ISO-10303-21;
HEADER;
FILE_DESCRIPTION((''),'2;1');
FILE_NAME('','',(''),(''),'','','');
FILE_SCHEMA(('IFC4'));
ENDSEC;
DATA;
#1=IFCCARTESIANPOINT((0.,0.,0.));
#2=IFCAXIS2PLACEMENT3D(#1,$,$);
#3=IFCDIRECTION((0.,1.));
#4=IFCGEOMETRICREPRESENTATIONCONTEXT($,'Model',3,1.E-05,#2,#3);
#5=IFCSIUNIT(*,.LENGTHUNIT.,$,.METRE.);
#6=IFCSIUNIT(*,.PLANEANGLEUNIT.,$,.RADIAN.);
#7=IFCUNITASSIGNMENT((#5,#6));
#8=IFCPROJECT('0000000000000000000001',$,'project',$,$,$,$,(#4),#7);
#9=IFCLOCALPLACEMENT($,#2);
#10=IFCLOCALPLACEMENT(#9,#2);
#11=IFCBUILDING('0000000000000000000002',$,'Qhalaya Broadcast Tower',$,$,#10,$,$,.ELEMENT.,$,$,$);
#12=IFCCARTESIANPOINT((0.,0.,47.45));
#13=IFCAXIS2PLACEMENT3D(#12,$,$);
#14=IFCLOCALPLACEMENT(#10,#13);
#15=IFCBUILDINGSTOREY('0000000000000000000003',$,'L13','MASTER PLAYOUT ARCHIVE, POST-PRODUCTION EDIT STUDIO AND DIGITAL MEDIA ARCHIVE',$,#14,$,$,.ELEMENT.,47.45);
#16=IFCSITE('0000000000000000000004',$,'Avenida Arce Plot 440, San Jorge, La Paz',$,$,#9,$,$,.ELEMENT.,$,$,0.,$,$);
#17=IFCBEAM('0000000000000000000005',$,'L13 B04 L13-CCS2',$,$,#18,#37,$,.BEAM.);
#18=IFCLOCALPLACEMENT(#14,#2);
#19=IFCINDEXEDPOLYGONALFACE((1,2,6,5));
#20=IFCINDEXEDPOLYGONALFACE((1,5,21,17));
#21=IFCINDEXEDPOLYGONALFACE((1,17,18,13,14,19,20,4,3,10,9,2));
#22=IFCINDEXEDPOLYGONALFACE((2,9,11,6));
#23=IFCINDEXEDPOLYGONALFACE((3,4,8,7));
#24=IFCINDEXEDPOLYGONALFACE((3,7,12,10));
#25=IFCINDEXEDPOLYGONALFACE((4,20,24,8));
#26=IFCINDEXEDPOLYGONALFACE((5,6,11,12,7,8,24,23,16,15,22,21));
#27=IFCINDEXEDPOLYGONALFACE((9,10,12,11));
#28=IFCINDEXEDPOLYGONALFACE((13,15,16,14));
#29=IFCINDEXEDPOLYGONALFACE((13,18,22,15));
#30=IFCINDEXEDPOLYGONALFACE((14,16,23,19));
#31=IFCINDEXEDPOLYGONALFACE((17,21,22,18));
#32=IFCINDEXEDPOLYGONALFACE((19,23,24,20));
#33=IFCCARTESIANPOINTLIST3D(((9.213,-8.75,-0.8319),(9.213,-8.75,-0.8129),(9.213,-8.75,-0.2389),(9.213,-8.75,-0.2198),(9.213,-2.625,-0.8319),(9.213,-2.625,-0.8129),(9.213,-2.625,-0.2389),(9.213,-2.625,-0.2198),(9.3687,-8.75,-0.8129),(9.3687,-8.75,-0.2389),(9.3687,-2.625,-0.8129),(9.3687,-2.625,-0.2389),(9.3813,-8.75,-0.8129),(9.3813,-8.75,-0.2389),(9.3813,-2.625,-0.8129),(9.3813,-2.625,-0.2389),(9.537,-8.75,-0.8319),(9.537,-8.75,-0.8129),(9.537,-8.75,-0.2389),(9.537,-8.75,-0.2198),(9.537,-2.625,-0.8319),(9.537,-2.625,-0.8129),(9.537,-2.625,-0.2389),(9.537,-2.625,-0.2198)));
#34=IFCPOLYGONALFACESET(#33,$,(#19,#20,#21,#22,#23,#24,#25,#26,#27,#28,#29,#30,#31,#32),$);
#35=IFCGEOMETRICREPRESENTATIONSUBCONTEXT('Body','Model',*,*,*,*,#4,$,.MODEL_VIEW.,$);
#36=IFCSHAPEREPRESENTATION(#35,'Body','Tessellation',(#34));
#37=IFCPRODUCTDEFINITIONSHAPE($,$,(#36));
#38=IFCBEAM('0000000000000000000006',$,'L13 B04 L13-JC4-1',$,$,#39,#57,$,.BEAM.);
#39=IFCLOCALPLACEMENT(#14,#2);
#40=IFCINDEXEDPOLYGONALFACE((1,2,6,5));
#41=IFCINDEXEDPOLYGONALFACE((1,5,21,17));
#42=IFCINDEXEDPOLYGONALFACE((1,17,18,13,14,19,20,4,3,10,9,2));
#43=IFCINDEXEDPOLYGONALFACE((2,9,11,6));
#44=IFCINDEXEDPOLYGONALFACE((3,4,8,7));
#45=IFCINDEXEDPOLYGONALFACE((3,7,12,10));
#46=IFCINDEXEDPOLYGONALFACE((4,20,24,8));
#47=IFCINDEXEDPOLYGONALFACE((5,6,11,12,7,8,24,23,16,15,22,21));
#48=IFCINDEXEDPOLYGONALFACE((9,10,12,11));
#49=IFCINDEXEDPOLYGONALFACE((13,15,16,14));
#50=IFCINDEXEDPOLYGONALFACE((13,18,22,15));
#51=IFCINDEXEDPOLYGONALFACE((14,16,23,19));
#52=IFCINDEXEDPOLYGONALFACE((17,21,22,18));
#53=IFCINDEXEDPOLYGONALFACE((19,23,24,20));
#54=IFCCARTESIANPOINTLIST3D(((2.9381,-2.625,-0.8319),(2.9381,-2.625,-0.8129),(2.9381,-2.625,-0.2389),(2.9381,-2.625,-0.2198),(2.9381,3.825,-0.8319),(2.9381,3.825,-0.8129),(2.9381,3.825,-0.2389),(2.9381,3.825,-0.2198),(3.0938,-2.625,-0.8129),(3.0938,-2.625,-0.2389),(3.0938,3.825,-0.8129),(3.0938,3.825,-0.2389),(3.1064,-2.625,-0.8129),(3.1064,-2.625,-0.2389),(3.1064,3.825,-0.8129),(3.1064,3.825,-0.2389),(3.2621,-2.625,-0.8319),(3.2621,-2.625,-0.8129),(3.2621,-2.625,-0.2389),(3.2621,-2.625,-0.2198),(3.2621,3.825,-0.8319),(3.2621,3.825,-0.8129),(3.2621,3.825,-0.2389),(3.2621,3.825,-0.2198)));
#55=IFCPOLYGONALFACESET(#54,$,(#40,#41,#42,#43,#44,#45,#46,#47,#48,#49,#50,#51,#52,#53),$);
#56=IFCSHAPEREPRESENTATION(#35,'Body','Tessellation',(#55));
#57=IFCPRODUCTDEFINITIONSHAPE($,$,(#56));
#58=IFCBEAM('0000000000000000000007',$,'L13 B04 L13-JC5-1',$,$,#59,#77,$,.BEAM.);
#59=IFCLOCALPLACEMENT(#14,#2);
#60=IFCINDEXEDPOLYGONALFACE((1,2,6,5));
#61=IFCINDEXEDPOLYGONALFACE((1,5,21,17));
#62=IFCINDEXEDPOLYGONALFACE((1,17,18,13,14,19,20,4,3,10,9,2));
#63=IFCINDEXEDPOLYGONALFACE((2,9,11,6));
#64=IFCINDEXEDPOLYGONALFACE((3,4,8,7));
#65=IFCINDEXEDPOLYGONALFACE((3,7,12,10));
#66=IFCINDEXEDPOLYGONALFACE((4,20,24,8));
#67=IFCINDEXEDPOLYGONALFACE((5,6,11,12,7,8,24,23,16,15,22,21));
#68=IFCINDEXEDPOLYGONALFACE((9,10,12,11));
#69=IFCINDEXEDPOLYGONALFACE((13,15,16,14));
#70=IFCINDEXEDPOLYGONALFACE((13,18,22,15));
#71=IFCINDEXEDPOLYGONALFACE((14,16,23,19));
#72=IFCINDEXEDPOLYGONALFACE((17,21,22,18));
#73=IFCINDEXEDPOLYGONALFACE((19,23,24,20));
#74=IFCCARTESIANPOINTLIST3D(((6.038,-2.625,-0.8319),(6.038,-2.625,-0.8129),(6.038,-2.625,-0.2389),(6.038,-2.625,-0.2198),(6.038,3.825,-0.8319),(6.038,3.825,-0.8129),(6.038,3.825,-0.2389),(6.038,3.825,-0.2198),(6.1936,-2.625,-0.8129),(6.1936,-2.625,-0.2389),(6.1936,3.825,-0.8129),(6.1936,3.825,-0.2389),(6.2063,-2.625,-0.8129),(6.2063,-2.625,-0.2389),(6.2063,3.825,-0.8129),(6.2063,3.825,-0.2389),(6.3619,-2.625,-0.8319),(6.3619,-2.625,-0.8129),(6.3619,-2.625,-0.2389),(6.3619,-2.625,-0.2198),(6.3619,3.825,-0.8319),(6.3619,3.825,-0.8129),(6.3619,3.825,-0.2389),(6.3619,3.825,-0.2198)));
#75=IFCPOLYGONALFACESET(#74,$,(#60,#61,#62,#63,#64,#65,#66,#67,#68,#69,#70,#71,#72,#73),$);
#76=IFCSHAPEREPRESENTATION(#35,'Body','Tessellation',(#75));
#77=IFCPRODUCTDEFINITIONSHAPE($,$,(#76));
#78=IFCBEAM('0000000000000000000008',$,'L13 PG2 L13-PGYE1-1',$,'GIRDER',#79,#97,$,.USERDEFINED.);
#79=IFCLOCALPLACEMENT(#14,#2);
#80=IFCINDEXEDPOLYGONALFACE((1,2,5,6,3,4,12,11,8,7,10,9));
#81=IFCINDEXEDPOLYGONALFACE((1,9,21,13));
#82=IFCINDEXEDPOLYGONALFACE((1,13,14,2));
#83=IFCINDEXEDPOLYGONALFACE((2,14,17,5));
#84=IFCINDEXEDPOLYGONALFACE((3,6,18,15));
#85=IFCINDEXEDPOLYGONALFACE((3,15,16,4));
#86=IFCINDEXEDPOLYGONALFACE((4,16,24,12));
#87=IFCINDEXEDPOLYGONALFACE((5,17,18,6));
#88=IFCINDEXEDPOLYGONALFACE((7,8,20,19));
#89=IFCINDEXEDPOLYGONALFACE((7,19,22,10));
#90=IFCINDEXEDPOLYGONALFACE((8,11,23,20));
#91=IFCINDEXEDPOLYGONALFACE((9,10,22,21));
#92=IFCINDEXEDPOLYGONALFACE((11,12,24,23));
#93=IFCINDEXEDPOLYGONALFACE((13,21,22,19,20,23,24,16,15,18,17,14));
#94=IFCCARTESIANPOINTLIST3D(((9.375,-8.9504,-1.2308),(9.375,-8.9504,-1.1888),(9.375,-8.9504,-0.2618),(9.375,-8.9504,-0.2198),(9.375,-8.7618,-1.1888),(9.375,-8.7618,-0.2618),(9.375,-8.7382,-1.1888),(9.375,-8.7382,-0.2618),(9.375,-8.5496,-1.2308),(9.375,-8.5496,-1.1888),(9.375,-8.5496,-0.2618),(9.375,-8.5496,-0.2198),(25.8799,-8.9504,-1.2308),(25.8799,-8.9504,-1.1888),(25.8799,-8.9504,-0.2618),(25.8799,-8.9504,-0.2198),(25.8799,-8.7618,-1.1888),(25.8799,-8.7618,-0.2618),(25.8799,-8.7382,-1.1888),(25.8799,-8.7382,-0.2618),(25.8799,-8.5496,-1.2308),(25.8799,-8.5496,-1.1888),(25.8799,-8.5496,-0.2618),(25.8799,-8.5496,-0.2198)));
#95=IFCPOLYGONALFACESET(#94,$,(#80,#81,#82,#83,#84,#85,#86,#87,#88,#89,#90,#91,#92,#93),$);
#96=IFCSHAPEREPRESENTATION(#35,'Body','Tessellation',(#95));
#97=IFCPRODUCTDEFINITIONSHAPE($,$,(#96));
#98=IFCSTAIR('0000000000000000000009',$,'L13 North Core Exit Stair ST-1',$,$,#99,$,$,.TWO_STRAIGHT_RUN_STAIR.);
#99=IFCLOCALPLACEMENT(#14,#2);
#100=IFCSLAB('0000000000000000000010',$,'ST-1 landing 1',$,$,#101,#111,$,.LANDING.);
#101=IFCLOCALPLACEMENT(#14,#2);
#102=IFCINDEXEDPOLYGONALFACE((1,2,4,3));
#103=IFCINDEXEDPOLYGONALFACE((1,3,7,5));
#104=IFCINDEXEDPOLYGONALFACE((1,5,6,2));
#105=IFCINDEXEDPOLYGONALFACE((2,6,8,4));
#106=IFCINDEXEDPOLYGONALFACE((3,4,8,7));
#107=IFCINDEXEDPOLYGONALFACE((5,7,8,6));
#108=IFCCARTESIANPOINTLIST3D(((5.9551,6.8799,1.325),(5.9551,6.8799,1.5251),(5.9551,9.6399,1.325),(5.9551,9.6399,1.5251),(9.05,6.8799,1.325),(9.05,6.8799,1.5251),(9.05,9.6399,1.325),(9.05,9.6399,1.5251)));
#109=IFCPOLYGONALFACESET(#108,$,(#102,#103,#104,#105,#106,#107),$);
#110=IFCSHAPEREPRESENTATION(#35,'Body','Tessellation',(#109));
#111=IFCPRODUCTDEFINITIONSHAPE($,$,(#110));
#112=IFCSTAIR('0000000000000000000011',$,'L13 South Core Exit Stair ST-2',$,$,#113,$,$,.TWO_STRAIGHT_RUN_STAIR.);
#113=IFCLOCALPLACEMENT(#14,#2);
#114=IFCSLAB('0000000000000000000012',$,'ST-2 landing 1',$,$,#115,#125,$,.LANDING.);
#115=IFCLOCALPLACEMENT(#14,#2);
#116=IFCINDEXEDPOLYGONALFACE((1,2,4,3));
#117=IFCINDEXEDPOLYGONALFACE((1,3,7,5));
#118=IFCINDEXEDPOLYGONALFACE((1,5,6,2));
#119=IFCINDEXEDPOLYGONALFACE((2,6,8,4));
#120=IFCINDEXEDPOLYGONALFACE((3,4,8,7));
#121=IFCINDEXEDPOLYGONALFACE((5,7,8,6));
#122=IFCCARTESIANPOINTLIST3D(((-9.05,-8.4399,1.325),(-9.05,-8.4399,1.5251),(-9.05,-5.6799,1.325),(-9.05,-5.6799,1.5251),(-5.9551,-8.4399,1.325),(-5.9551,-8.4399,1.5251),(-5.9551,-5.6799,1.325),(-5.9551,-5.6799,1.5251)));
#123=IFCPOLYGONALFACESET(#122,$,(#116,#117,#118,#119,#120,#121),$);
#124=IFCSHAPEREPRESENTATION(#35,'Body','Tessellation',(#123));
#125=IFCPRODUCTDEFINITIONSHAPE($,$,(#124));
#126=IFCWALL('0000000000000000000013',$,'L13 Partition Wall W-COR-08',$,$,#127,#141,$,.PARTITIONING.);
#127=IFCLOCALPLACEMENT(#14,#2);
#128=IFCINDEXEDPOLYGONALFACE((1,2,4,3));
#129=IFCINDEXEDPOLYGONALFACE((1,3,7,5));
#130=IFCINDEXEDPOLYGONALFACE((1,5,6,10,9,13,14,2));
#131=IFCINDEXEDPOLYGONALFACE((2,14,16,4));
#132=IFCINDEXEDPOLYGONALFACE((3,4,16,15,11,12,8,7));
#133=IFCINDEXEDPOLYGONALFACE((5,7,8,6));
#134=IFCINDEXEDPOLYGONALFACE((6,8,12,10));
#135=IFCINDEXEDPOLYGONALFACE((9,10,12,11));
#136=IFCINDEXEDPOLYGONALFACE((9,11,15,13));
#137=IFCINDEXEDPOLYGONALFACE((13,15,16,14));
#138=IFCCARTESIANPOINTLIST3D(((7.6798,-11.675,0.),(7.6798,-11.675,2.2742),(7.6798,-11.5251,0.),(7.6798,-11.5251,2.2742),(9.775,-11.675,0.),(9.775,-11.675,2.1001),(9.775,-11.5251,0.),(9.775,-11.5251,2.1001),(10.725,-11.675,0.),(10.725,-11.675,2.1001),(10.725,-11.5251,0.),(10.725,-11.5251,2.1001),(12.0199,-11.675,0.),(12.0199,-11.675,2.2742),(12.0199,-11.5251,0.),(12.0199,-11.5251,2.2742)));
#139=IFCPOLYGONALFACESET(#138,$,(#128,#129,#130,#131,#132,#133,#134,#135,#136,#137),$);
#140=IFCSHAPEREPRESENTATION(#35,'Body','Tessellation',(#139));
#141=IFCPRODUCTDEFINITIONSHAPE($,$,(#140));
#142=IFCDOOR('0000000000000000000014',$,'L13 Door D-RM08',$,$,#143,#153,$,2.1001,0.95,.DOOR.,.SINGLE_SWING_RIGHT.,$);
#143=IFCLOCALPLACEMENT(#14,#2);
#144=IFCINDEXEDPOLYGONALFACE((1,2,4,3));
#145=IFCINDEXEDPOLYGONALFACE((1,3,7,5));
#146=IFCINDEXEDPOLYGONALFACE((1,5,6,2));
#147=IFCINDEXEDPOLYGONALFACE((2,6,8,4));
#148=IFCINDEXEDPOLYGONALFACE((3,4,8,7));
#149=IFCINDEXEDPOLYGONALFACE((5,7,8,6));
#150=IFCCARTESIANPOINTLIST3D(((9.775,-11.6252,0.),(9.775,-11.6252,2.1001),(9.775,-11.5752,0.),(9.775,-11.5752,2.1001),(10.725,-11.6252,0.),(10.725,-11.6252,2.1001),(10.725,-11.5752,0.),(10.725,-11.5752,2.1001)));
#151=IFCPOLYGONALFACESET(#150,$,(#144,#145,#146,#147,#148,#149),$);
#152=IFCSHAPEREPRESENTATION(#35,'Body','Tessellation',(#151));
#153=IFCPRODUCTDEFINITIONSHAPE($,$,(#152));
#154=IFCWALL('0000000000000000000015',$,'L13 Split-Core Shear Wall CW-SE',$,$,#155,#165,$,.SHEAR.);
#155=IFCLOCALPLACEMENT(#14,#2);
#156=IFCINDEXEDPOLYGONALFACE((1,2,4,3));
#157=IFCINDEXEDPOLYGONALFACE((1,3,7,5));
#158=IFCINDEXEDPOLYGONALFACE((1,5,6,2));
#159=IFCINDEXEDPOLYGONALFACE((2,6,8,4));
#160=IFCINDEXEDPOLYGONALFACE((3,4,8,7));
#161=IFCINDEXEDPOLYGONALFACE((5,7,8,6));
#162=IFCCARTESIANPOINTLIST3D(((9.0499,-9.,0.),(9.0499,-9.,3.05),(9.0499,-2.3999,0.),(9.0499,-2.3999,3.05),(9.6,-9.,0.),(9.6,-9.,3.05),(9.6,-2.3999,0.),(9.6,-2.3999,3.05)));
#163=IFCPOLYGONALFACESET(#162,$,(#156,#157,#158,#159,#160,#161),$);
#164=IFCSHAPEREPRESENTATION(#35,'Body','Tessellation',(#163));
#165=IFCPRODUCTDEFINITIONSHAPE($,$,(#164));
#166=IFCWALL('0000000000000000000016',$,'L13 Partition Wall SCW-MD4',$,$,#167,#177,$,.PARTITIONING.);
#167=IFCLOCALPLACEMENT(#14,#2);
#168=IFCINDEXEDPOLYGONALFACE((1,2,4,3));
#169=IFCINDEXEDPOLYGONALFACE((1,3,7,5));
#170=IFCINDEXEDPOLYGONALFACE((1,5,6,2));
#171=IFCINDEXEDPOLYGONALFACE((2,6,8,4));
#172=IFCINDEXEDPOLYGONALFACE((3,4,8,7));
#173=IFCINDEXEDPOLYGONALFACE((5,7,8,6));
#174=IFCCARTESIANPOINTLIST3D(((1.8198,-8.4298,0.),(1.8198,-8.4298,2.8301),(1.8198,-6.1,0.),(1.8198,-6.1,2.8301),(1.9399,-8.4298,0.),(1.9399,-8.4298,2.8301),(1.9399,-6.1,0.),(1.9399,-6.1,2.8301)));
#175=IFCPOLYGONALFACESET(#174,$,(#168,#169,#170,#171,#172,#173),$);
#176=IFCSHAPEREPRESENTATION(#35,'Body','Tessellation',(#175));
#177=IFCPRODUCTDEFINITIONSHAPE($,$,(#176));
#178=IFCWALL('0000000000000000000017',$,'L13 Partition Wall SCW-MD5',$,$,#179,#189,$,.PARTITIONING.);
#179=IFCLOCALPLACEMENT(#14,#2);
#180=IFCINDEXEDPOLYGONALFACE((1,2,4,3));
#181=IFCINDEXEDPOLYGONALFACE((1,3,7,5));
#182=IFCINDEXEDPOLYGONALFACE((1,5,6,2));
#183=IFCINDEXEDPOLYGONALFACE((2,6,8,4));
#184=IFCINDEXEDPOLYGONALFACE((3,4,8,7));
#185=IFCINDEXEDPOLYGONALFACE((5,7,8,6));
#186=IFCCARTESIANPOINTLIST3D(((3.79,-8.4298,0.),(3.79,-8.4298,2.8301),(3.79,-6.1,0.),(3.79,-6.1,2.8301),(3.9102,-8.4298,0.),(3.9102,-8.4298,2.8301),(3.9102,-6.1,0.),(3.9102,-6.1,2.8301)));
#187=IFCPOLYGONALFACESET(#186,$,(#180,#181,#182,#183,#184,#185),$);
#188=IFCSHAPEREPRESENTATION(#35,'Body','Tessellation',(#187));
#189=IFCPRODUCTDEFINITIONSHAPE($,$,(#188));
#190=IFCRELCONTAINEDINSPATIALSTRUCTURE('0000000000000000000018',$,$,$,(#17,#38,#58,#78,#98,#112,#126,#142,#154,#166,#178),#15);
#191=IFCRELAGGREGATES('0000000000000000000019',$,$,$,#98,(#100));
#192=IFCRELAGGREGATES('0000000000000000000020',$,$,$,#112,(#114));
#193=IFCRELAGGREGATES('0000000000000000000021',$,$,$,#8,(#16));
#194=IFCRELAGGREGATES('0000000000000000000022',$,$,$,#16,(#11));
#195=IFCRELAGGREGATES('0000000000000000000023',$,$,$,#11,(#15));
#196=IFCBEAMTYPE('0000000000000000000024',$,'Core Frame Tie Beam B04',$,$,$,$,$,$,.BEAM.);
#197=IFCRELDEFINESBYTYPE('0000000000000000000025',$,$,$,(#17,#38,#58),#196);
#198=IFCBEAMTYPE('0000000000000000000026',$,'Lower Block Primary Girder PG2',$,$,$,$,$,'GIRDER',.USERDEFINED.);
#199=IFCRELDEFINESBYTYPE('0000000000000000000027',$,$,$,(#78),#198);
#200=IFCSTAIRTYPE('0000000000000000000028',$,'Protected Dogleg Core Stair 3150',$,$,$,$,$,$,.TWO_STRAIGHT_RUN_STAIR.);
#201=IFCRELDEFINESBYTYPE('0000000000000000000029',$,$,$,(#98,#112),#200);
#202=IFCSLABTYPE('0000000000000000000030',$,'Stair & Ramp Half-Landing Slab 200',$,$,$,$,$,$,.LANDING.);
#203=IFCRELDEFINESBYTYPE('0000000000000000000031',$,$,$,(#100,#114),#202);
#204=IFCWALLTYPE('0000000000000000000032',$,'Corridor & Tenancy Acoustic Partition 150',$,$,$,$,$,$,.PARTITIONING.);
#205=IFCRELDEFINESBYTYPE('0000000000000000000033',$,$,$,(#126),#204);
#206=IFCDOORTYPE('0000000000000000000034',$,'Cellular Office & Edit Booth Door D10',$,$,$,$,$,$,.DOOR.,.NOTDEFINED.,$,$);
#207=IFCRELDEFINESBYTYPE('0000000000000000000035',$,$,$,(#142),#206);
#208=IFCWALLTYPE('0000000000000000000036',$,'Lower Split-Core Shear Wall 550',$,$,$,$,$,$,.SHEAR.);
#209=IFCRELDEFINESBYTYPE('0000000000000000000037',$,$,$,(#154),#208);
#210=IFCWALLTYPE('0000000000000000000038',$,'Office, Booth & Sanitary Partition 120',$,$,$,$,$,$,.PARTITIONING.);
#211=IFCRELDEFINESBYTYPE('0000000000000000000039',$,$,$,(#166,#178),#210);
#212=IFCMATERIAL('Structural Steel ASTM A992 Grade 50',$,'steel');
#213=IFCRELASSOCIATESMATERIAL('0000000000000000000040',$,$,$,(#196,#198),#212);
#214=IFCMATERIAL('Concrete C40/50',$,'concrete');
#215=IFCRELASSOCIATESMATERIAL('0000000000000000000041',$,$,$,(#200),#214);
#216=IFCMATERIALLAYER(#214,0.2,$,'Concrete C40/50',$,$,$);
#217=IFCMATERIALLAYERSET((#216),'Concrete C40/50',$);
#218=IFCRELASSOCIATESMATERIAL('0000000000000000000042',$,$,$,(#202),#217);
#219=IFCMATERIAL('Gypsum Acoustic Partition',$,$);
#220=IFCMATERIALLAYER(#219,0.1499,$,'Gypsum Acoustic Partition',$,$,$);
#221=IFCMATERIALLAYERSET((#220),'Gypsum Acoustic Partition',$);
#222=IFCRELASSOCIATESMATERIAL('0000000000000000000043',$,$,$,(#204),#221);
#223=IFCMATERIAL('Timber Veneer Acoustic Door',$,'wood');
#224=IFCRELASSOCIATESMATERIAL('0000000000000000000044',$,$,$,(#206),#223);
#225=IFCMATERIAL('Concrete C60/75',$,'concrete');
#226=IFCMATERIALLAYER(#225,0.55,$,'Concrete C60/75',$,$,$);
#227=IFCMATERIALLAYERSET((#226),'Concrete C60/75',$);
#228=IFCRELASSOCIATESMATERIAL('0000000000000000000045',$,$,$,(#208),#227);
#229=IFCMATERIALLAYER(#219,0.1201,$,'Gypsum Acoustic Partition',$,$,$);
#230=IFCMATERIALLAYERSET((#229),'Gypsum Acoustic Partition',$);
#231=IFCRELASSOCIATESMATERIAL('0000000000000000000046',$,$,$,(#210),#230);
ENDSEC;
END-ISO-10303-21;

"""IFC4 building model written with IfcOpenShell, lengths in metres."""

from ifc_helpers import new_model, si_unit, direction, frame, frame_2d, origin, origin_2d, place, context, subcontext, project, spatial, polyline, rectangle, i_section, outline, extrude, material, layer, layer_set, material_profile, profile_set, type_object, element, fill, aggregate, save


model = new_model("IFC4")

# Units and contexts
model_context = context("Model", 3, precision=1e-05, world=origin(), true_north=direction((0.0, 1.0)))
body_context = subcontext(model_context, "Body", "Model", "MODEL_VIEW")
ifc_project = project(units=[si_unit("LENGTHUNIT", "METRE"), si_unit("PLANEANGLEUNIT", "RADIAN")], contexts=[model_context])

# Site, building, storey
site_placement = place(None, origin())
site = spatial("IfcSite", under=ifc_project, at=site_placement, Name="Avenida Arce Plot 440, San Jorge, La Paz", CompositionType="ELEMENT", RefElevation=0.0)
building_placement = place(site_placement, origin())
building = spatial("IfcBuilding", under=site, at=building_placement, Name="Qhalaya Broadcast Tower", CompositionType="ELEMENT")
storey_placement = place(building_placement, frame((0.0, 0.0, 47.45)))
storey = spatial("IfcBuildingStorey", under=building, at=storey_placement, Name="L13", Description="MASTER PLAYOUT ARCHIVE, POST-PRODUCTION EDIT STUDIO AND DIGITAL MEDIA ARCHIVE", CompositionType="ELEMENT", Elevation=47.45)

# Beams
ifc_material_1 = material(Name="Structural Steel ASTM A992 Grade 50", Category="steel")
ifc_material_profile_1 = material_profile(ifc_material_1, i_section(OverallWidth=0.324, OverallDepth=0.6121, WebThickness=0.0127, FlangeThickness=0.019, at=origin_2d()), Name="W24X104")
ifc_profile_set_1 = profile_set([ifc_material_profile_1], Name="Structural Steel ASTM A992 Grade 50")
beam_type_1 = type_object("IfcBeamType", Name="Core Frame Tie Beam B04", PredefinedType="BEAM", material=ifc_profile_set_1)
beam_1_placement = place(storey_placement, frame((9.375, -8.75, -0.5259), z_axis=(0.0, 1.0, 0.0), x_axis=(-1.0, 0.0, 0.0)))
element("IfcBeam", 1, at=beam_1_placement, inside=storey, type_object=beam_type_1, Name="L13 B04 L13-CCS2", PredefinedType="BEAM", context=body_context, shape_type="SweptSolid", body=[
    extrude(i_section(OverallWidth=0.324, OverallDepth=0.6121, WebThickness=0.0127, FlangeThickness=0.019, at=origin_2d()), origin(), (0.0, 0.0, 1.0), 6.125),
])
for number, where, z_axis, x_axis, name in (
    (2, (3.1001, -2.625, -0.5259), (0.0, 1.0, 0.0), (-1.0, 0.0, 0.0), "L13 B04 L13-JC4-1"),
    (3, (6.2, -2.625, -0.5259), (0.0, 1.0, 0.0), (-1.0, 0.0, 0.0), "L13 B04 L13-JC5-1"),
):
    element("IfcBeam", number, at=place(storey_placement, frame(where, z_axis=z_axis, x_axis=x_axis)), inside=storey, type_object=beam_type_1, Name=name, PredefinedType="BEAM", context=body_context, shape_type="SweptSolid", body=[
        extrude(i_section(OverallWidth=0.324, OverallDepth=0.6121, WebThickness=0.0127, FlangeThickness=0.019, at=origin_2d()), origin(), (0.0, 0.0, 1.0), 6.45),
    ])
ifc_material_profile_2 = material_profile(ifc_material_1, i_section(OverallWidth=0.4009, OverallDepth=1.011, WebThickness=0.0237, FlangeThickness=0.042, at=origin_2d()), Name="W40X297")
ifc_profile_set_2 = profile_set([ifc_material_profile_2], Name="Structural Steel ASTM A992 Grade 50")
beam_type_2 = type_object("IfcBeamType", Name="Lower Block Primary Girder PG2", ElementType="GIRDER", PredefinedType="USERDEFINED", material=ifc_profile_set_2)
beam_2_placement = place(storey_placement, frame((9.375, -8.75, -0.7253), z_axis=(1.0, 0.0, 0.0), x_axis=(0.0, 1.0, 0.0)))
element("IfcBeam", 4, at=beam_2_placement, inside=storey, type_object=beam_type_2, Name="L13 PG2 L13-PGYE1-1", ObjectType="GIRDER", PredefinedType="USERDEFINED", context=body_context, shape_type="SweptSolid", body=[
    extrude(i_section(OverallWidth=0.4009, OverallDepth=1.011, WebThickness=0.0237, FlangeThickness=0.042, at=origin_2d()), origin(), (0.0, 0.0, 1.0), 16.5049),
])

# Stairs, slabs
ifc_material_2 = material(Name="Concrete C40/50", Category="concrete")
stair_type = type_object("IfcStairType", Name="Protected Dogleg Core Stair 3150", PredefinedType="TWO_STRAIGHT_RUN_STAIR", material=ifc_material_2)
stair_1_placement = place(storey_placement, origin())
stair_1 = element("IfcStair", 5, at=stair_1_placement, inside=storey, type_object=stair_type, Name="L13 North Core Exit Stair ST-1", PredefinedType="TWO_STRAIGHT_RUN_STAIR")
ifc_layer_1 = layer(ifc_material_2, 0.2, Name="Concrete C40/50")
ifc_layer_set_1 = layer_set([ifc_layer_1], Name="Concrete C40/50")
slab_type = type_object("IfcSlabType", Name="Stair & Ramp Half-Landing Slab 200", PredefinedType="LANDING", material=ifc_layer_set_1)
slab_1_placement = place(storey_placement, frame((0.0, 0.0, 1.325)))
slab_1 = element("IfcSlab", 6, at=slab_1_placement, type_object=slab_type, Name="ST-1 landing 1", PredefinedType="LANDING", context=body_context, shape_type="SweptSolid", body=[
    extrude(outline(polyline([(5.9551, 6.8799), (9.05, 6.8799), (9.05, 9.6399), (5.9551, 9.6399), (5.9551, 6.8799)])), origin(), (0.0, 0.0, 1.0), 0.2002),
])
aggregate(stair_1, [slab_1])
stair_2_placement = place(storey_placement, origin())
stair_2 = element("IfcStair", 7, at=stair_2_placement, inside=storey, type_object=stair_type, Name="L13 South Core Exit Stair ST-2", PredefinedType="TWO_STRAIGHT_RUN_STAIR")
slab_2_placement = place(storey_placement, frame((0.0, 0.0, 1.325)))
slab_2 = element("IfcSlab", 8, at=slab_2_placement, type_object=slab_type, Name="ST-2 landing 1", PredefinedType="LANDING", context=body_context, shape_type="SweptSolid", body=[
    extrude(outline(polyline([(-5.9551, -5.6799), (-9.05, -5.6799), (-9.05, -8.4399), (-5.9551, -8.4399), (-5.9551, -5.6799)])), origin(), (0.0, 0.0, 1.0), 0.2002),
])
aggregate(stair_2, [slab_2])

# Wall, opening, door
ifc_material_3 = material(Name="Gypsum Acoustic Partition")
ifc_layer_2 = layer(ifc_material_3, 0.1499, Name="Gypsum Acoustic Partition")
ifc_layer_set_2 = layer_set([ifc_layer_2], Name="Gypsum Acoustic Partition")
wall_type_1 = type_object("IfcWallType", Name="Corridor & Tenancy Acoustic Partition 150", PredefinedType="PARTITIONING", material=ifc_layer_set_2)
wall_1_placement = place(storey_placement, frame((7.6799, -11.6001, 0.0), z_axis=(0.0, 0.0, 1.0), x_axis=(1.0, 0.0, 0.0)))
wall_1 = element("IfcWall", 9, at=wall_1_placement, inside=storey, type_object=wall_type_1, Name="L13 Partition Wall W-COR-08", PredefinedType="PARTITIONING", context=body_context, shape_type="SweptSolid", body=[
    extrude(rectangle(XDim=4.3401, YDim=0.1499, at=frame_2d((2.1699, 0.0))), origin(), (0.0, 0.0, 1.0), 2.2742),
])
opening_1_placement = place(wall_1_placement, frame((2.095, 0.0, 0.0)))
opening_1 = element("IfcOpeningElement", 10, at=opening_1_placement, cuts=wall_1, PredefinedType="OPENING", context=body_context, shape_type="SweptSolid", body=[
    extrude(rectangle(XDim=0.95, YDim=2.1001, at=frame_2d((0.4751, 1.05))), frame((0.0, 0.0869, 0.0), z_axis=(0.0, -1.0, 0.0), x_axis=(1.0, 0.0, 0.0)), (0.0, 0.0, 1.0), 0.1738),
])
ifc_material_4 = material(Name="Timber Veneer Acoustic Door", Category="wood")
door_type_1 = type_object("IfcDoorType", Name="Cellular Office & Edit Booth Door D10", OperationType="NOTDEFINED", PredefinedType="DOOR", material=ifc_material_4)
door_1_placement = place(opening_1_placement, origin())
door_1 = element("IfcDoor", 11, at=door_1_placement, inside=storey, type_object=door_type_1, Name="L13 Door D-RM08", OperationType="SINGLE_SWING_RIGHT", OverallHeight=2.1001, OverallWidth=0.95, PredefinedType="DOOR", context=body_context, shape_type="SweptSolid", body=[
    extrude(rectangle(XDim=0.95, YDim=2.1001, at=frame_2d((0.4751, 1.05))), frame((0.0, 0.0249, 0.0), z_axis=(0.0, -1.0, 0.0), x_axis=(1.0, 0.0, 0.0)), (0.0, 0.0, 1.0), 0.05),
])
fill(opening_1, door_1)

# Walls
ifc_material_5 = material(Name="Concrete C60/75", Category="concrete")
ifc_layer_3 = layer(ifc_material_5, 0.55, Name="Concrete C60/75")
ifc_layer_set_3 = layer_set([ifc_layer_3], Name="Concrete C60/75")
wall_type_2 = type_object("IfcWallType", Name="Lower Split-Core Shear Wall 550", PredefinedType="SHEAR", material=ifc_layer_set_3)
wall_2_placement = place(storey_placement, frame((9.325, -9.0, 0.0), z_axis=(0.0, 0.0, 1.0), x_axis=(0.0, 1.0, 0.0)))
element("IfcWall", 12, at=wall_2_placement, inside=storey, type_object=wall_type_2, Name="L13 Split-Core Shear Wall CW-SE", PredefinedType="SHEAR", context=body_context, shape_type="SweptSolid", body=[
    extrude(rectangle(XDim=6.6001, YDim=0.55, at=frame_2d((3.3, 0.0))), origin(), (0.0, 0.0, 1.0), 3.05),
])
ifc_layer_4 = layer(ifc_material_3, 0.1201, Name="Gypsum Acoustic Partition")
ifc_layer_set_4 = layer_set([ifc_layer_4], Name="Gypsum Acoustic Partition")
wall_type_3 = type_object("IfcWallType", Name="Office, Booth & Sanitary Partition 120", PredefinedType="PARTITIONING", material=ifc_layer_set_4)
for number, where, z_axis, x_axis, name in (
    (13, (1.8799, -8.4299, 0.0), (0.0, 0.0, 1.0), (0.0, 1.0, 0.0), "L13 Partition Wall SCW-MD4"),
    (14, (3.8501, -8.4299, 0.0), (0.0, 0.0, 1.0), (0.0, 1.0, 0.0), "L13 Partition Wall SCW-MD5"),
):
    element("IfcWall", number, at=place(storey_placement, frame(where, z_axis=z_axis, x_axis=x_axis)), inside=storey, type_object=wall_type_3, Name=name, PredefinedType="PARTITIONING", context=body_context, shape_type="SweptSolid", body=[
        extrude(rectangle(XDim=2.3298, YDim=0.1201, at=frame_2d((1.165, 0.0))), origin(), (0.0, 0.0, 1.0), 2.8301),
    ])

save(model, "model.ifc")
